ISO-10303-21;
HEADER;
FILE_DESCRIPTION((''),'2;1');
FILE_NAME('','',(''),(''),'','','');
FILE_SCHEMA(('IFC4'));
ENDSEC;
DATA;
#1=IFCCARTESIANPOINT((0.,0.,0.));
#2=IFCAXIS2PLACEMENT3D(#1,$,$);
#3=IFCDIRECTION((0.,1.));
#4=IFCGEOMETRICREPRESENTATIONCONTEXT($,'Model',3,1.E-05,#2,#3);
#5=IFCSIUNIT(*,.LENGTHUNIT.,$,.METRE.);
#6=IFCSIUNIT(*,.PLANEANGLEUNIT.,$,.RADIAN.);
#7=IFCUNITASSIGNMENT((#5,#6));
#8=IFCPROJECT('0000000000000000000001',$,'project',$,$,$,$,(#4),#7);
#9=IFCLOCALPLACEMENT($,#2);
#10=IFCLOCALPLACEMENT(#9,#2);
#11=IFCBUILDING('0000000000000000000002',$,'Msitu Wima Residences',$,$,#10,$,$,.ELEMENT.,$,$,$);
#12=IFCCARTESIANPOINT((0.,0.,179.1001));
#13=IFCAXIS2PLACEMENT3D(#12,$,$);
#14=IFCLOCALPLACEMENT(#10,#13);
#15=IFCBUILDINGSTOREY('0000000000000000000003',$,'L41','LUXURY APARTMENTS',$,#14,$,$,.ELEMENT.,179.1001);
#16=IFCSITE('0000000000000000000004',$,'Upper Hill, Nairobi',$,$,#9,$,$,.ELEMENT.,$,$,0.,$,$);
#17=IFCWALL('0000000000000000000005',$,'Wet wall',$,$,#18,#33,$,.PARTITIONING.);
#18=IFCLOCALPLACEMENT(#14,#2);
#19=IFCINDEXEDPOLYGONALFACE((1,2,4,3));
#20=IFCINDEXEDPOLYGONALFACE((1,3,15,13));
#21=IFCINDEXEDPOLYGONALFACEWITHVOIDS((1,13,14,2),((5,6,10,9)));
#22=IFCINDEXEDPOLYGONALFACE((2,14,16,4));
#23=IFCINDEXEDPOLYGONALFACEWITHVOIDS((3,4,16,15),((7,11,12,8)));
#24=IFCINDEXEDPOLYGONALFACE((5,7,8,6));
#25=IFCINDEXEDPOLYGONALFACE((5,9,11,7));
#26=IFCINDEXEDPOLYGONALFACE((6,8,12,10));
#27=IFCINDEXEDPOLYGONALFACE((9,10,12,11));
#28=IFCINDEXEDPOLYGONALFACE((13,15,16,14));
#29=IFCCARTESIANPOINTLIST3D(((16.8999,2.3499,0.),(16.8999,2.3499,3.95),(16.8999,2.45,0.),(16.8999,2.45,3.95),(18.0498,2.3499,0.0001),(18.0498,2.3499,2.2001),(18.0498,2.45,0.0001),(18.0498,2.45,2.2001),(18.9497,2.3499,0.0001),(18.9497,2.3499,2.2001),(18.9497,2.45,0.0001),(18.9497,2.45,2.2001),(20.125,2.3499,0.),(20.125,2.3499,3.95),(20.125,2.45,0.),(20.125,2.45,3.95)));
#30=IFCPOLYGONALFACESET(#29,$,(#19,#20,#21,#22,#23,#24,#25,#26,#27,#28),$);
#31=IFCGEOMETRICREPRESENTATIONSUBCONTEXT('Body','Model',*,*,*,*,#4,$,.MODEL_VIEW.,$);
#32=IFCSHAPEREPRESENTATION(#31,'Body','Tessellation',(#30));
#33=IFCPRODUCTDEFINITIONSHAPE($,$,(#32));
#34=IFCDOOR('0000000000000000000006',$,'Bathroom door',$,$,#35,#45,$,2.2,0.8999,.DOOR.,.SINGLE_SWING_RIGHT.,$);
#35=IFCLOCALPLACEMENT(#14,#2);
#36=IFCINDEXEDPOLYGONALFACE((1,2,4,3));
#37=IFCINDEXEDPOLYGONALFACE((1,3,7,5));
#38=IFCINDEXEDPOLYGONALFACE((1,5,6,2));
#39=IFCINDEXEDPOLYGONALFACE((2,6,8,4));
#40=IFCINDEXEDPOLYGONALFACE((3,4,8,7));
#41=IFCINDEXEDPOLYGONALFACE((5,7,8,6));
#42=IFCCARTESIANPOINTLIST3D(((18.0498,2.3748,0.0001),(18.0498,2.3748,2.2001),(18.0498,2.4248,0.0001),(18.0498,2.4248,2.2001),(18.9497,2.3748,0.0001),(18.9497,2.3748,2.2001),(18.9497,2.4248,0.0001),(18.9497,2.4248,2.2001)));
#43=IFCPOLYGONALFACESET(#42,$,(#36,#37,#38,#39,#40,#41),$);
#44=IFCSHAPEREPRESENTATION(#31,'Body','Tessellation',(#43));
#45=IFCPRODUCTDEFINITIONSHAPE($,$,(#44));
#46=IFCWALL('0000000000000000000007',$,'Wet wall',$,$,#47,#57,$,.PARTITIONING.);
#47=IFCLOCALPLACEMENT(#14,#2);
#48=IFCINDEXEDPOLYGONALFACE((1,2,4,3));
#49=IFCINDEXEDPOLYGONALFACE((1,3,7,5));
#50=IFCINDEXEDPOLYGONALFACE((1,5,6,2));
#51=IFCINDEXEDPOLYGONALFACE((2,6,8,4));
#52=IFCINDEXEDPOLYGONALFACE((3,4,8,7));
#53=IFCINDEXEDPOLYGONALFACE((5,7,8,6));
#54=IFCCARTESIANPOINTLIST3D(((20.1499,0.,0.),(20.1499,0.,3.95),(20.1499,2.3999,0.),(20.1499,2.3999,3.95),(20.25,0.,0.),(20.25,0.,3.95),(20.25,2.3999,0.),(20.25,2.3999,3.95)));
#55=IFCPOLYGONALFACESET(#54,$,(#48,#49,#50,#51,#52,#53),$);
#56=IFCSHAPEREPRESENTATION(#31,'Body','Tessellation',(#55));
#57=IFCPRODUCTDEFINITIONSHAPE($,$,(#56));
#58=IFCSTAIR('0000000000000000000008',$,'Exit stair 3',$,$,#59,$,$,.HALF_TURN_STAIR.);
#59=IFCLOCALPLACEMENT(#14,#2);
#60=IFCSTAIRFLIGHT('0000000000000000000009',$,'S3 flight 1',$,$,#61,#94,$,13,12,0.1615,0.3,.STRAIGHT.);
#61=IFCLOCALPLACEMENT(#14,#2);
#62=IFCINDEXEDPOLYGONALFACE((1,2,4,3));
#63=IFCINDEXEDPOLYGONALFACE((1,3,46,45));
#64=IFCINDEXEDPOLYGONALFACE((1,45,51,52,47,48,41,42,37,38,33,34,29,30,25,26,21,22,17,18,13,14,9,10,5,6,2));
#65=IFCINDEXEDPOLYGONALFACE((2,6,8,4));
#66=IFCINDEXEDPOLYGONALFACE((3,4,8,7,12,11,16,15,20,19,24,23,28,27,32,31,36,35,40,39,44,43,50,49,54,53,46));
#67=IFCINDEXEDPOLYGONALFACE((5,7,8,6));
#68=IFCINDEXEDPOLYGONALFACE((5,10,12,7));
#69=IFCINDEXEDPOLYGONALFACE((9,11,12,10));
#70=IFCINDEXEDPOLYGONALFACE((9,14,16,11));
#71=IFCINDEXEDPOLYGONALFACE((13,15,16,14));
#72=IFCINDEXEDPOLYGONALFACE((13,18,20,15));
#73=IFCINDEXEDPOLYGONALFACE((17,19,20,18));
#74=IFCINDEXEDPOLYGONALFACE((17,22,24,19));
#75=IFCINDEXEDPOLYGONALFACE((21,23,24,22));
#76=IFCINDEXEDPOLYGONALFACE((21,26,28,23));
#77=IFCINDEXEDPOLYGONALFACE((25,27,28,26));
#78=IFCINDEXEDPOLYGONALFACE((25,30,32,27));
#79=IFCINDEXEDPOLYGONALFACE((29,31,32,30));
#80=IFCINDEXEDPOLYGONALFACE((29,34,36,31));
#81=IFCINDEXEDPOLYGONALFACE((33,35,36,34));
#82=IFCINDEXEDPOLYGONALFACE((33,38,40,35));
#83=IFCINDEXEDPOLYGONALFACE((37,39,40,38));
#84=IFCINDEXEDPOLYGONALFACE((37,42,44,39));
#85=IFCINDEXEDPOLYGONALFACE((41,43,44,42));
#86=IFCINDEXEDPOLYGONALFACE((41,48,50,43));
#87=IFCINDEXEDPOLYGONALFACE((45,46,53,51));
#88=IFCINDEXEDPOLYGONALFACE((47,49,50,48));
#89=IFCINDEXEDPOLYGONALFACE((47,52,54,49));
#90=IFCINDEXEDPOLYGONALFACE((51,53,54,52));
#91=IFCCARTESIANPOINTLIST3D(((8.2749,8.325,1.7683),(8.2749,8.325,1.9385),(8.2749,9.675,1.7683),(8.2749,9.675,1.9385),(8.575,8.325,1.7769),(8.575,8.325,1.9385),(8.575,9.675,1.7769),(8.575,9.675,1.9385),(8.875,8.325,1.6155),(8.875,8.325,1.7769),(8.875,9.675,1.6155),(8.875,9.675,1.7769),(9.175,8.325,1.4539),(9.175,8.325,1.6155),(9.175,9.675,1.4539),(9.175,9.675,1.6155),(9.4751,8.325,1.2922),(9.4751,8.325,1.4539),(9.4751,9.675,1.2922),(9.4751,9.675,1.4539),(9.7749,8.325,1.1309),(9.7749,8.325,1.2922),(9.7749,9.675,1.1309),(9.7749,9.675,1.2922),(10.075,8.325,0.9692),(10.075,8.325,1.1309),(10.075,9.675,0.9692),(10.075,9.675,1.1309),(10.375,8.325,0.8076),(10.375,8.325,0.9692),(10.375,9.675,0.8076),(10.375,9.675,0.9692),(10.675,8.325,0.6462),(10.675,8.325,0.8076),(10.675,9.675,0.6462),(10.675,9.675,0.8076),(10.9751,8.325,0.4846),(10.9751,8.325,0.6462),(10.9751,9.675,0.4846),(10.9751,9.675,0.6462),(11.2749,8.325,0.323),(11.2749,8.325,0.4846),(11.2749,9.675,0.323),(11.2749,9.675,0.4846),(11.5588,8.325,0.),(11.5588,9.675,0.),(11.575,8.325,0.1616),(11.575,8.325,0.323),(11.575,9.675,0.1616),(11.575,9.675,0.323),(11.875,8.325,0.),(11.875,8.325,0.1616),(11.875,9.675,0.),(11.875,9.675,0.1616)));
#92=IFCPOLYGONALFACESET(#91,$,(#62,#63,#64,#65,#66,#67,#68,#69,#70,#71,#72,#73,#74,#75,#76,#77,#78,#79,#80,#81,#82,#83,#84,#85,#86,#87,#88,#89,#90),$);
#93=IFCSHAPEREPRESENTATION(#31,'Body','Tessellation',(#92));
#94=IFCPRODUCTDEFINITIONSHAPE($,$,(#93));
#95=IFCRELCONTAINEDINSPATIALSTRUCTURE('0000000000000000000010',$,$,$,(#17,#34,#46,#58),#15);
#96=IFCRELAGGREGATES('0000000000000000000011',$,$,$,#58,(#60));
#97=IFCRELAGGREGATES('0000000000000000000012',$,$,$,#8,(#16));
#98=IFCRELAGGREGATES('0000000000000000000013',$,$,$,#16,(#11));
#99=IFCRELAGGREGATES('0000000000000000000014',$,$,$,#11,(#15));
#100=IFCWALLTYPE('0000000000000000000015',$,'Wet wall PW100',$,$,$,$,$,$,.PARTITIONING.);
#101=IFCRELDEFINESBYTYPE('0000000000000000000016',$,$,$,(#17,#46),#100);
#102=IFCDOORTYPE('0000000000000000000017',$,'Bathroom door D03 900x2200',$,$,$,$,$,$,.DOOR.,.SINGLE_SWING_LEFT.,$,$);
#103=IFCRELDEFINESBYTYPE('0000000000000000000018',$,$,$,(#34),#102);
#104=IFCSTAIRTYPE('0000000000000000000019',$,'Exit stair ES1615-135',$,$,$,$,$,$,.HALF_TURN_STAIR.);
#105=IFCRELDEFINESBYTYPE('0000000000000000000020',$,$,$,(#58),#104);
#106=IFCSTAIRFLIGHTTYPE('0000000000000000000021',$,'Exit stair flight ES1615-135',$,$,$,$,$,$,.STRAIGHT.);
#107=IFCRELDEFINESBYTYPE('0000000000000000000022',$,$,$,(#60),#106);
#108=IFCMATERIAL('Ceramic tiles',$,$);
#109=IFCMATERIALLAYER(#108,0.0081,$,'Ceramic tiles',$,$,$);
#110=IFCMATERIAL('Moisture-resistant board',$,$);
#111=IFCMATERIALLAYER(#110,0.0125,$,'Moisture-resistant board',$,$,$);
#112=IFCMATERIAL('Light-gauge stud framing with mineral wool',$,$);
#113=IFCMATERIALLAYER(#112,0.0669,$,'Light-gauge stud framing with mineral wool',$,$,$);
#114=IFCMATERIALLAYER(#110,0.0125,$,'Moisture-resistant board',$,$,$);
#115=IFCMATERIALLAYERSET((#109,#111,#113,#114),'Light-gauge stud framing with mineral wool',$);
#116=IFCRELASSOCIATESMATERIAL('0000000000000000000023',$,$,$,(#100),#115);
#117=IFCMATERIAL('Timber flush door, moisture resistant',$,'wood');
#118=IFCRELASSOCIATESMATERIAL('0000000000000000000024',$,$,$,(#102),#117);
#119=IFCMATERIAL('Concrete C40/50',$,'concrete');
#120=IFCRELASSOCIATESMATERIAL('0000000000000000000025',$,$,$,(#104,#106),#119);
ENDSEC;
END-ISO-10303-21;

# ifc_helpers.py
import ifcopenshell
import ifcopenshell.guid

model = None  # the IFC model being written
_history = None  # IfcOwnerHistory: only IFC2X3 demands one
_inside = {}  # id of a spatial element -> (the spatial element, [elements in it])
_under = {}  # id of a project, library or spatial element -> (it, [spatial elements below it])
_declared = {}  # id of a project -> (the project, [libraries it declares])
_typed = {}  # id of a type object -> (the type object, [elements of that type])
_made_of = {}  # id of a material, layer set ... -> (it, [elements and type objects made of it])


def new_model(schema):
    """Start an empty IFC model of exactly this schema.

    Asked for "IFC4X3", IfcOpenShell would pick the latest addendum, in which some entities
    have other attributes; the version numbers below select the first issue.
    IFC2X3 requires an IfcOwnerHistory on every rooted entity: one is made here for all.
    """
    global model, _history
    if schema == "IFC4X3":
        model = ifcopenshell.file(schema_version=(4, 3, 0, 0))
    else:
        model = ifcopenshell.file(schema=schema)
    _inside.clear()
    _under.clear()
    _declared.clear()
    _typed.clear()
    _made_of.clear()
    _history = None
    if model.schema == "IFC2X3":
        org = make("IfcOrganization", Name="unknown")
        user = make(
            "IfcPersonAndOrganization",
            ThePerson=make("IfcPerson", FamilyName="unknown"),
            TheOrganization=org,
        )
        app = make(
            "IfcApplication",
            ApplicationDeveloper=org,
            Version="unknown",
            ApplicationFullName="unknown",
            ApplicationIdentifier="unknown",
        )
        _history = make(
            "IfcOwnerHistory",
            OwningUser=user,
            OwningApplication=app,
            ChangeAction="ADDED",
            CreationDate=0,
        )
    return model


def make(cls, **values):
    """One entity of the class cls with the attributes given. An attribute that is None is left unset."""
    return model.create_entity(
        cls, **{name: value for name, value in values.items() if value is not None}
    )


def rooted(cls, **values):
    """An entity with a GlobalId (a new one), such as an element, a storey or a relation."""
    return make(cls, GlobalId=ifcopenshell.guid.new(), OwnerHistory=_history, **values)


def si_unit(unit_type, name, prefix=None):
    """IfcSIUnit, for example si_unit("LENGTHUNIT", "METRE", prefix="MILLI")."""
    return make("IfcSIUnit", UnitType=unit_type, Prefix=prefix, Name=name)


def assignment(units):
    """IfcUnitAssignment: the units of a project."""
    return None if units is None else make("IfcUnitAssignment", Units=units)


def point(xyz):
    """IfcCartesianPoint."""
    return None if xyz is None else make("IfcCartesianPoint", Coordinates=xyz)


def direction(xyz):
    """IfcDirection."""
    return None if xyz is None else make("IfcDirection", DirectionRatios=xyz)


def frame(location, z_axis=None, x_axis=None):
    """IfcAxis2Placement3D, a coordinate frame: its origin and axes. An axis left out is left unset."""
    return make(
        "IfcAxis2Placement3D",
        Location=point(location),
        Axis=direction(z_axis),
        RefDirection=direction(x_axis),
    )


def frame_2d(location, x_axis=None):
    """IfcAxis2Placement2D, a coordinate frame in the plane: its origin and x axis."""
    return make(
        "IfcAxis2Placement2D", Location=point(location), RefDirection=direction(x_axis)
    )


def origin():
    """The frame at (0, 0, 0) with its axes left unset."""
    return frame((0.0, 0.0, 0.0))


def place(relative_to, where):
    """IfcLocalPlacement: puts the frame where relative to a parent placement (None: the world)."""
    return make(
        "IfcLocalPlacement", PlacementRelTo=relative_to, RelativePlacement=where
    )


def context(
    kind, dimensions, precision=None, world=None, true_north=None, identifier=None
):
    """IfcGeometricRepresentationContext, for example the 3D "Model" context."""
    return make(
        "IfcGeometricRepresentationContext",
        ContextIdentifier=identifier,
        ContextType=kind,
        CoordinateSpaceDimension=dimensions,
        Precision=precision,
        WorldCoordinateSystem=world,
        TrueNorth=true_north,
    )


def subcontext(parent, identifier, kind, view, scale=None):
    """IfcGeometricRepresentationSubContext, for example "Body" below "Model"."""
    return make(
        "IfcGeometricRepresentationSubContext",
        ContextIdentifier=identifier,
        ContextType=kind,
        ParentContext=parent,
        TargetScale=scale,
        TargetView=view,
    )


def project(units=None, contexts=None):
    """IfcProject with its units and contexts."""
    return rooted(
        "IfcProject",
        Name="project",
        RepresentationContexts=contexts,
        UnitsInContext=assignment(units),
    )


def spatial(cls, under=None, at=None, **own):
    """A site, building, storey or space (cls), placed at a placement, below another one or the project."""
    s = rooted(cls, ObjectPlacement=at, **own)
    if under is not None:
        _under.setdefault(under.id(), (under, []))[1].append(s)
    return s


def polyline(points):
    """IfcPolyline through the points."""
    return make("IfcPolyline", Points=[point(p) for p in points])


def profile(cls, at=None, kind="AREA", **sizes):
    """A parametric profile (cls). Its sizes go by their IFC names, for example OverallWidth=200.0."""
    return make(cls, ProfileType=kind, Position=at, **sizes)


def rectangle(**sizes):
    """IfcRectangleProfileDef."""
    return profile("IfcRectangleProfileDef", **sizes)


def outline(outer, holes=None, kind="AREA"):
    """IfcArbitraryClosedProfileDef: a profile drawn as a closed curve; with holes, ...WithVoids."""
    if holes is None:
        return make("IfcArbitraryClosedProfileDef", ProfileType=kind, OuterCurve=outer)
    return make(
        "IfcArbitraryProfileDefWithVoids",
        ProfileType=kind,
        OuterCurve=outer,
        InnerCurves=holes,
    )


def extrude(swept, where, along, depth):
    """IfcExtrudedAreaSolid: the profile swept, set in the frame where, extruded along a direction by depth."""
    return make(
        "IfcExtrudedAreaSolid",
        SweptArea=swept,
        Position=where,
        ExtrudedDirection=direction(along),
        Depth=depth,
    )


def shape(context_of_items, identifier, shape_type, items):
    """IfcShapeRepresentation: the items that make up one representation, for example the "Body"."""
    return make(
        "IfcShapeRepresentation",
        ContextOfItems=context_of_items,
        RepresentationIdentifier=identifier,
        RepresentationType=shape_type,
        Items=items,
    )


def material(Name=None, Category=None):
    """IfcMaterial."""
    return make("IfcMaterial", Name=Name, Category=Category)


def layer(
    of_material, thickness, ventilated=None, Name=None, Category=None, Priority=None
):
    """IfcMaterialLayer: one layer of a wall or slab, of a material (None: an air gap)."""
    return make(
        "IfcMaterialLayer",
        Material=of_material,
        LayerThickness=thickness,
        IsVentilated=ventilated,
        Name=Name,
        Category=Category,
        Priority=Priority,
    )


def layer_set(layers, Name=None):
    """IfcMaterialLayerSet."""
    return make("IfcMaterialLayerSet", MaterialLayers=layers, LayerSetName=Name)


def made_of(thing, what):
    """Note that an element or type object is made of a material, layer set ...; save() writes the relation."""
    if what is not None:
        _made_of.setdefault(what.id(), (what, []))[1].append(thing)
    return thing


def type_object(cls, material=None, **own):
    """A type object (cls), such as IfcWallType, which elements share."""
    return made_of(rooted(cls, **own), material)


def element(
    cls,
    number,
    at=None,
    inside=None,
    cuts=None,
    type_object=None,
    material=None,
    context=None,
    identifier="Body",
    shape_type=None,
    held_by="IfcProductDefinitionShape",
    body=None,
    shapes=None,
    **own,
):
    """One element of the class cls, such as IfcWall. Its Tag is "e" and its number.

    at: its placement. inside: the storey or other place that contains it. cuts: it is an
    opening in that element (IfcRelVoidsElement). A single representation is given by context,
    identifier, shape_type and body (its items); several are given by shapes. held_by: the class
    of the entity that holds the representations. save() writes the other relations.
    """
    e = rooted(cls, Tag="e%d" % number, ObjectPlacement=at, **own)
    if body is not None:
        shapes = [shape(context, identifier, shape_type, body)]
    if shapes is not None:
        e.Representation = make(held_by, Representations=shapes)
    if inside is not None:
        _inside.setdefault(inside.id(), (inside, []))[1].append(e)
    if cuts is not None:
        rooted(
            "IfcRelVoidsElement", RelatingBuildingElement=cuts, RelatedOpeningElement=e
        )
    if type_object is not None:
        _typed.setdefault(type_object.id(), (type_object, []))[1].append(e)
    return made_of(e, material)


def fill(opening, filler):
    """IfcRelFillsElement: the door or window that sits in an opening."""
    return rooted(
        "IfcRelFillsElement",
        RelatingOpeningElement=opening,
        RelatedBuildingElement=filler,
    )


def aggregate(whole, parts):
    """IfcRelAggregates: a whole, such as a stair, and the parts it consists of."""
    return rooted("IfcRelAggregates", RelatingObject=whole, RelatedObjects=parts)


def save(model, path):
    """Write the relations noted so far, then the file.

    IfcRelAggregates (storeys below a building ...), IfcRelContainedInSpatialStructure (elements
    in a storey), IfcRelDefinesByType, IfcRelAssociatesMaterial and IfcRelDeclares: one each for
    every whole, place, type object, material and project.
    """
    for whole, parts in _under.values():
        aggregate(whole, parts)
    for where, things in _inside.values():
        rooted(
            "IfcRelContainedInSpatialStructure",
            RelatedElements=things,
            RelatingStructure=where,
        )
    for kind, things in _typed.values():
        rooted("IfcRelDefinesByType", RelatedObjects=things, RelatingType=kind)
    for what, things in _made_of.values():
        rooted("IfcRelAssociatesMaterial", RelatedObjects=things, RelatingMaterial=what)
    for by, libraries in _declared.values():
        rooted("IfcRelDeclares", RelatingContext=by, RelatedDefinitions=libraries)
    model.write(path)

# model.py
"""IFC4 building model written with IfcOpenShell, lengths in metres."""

from ifc_helpers import new_model, si_unit, direction, frame, frame_2d, origin, place, context, subcontext, project, spatial, polyline, rectangle, outline, extrude, material, layer, layer_set, type_object, element, fill, aggregate, save


model = new_model("IFC4")

# Units and contexts
model_context = context("Model", 3, precision=1e-05, world=origin(), true_north=direction((0.0, 1.0)))
body_context = subcontext(model_context, "Body", "Model", "MODEL_VIEW")
ifc_project = project(units=[si_unit("LENGTHUNIT", "METRE"), si_unit("PLANEANGLEUNIT", "RADIAN")], contexts=[model_context])

# Site, building, storey
site_placement = place(None, origin())
site = spatial("IfcSite", under=ifc_project, at=site_placement, Name="Upper Hill, Nairobi", CompositionType="ELEMENT", RefElevation=0.0)
building_placement = place(site_placement, origin())
building = spatial("IfcBuilding", under=site, at=building_placement, Name="Msitu Wima Residences", CompositionType="ELEMENT")
storey_placement = place(building_placement, frame((0.0, 0.0, 179.1001)))
storey = spatial("IfcBuildingStorey", under=building, at=storey_placement, Name="L41", Description="LUXURY APARTMENTS", CompositionType="ELEMENT", Elevation=179.1001)

# Shared definitions
ifc_material_1 = material(Name="Concrete C40/50", Category="concrete")

# Wall, opening, door
ifc_material_2 = material(Name="Ceramic tiles")
ifc_layer_1 = layer(ifc_material_2, 0.0081, Name="Ceramic tiles")
ifc_material_3 = material(Name="Moisture-resistant board")
ifc_layer_2 = layer(ifc_material_3, 0.0125, Name="Moisture-resistant board")
ifc_material_4 = material(Name="Light-gauge stud framing with mineral wool")
ifc_layer_3 = layer(ifc_material_4, 0.0669, Name="Light-gauge stud framing with mineral wool")
ifc_layer_4 = layer(ifc_material_3, 0.0125, Name="Moisture-resistant board")
ifc_layer_set_1 = layer_set([ifc_layer_1, ifc_layer_2, ifc_layer_3, ifc_layer_4], Name="Light-gauge stud framing with mineral wool")
wall_type_1 = type_object("IfcWallType", Name="Wet wall PW100", PredefinedType="PARTITIONING", material=ifc_layer_set_1)
wall_1_placement = place(storey_placement, frame((16.8999, 2.3999, 0.0), z_axis=(0.0, 0.0, 1.0), x_axis=(1.0, 0.0, 0.0)))
wall_1 = element("IfcWall", 1, at=wall_1_placement, inside=storey, type_object=wall_type_1, Name="Wet wall", PredefinedType="PARTITIONING", context=body_context, shape_type="SweptSolid", body=[
    extrude(rectangle(XDim=3.2251, YDim=0.1001, at=frame_2d((1.6125, 0.0))), origin(), (0.0, 0.0, 1.0), 3.95),
])
opening_1_placement = place(wall_1_placement, frame((1.1499, 0.0, 0.0)))
opening_1 = element("IfcOpeningElement", 2, at=opening_1_placement, cuts=wall_1, PredefinedType="OPENING", context=body_context, shape_type="SweptSolid", body=[
    extrude(rectangle(XDim=0.8999, YDim=2.2, at=frame_2d((0.45, 1.1001))), frame((0.0, 0.0601, 0.0), z_axis=(0.0, -1.0, 0.0), x_axis=(1.0, 0.0, 0.0)), (0.0, 0.0, 1.0), 0.1201),
])
ifc_material_5 = material(Name="Timber flush door, moisture resistant", Category="wood")
door_type_1 = type_object("IfcDoorType", Name="Bathroom door D03 900x2200", OperationType="SINGLE_SWING_LEFT", PredefinedType="DOOR", material=ifc_material_5)
door_1_placement = place(opening_1_placement, origin())
door_1 = element("IfcDoor", 3, at=door_1_placement, inside=storey, type_object=door_type_1, Name="Bathroom door", OperationType="SINGLE_SWING_RIGHT", OverallHeight=2.2, OverallWidth=0.8999, PredefinedType="DOOR", context=body_context, shape_type="SweptSolid", body=[
    extrude(rectangle(XDim=0.8999, YDim=2.2, at=frame_2d((0.45, 1.1001))), frame((0.0, 0.0249, 0.0), z_axis=(0.0, -1.0, 0.0), x_axis=(1.0, 0.0, 0.0)), (0.0, 0.0, 1.0), 0.05),
])
fill(opening_1, door_1)

# Wall
wall_2_placement = place(storey_placement, frame((20.2, 0.0, 0.0), z_axis=(0.0, 0.0, 1.0), x_axis=(0.0, 1.0, 0.0)))
element("IfcWall", 4, at=wall_2_placement, inside=storey, type_object=wall_type_1, Name="Wet wall", PredefinedType="PARTITIONING", context=body_context, shape_type="SweptSolid", body=[
    extrude(rectangle(XDim=2.3999, YDim=0.1001, at=frame_2d((1.2, 0.0))), origin(), (0.0, 0.0, 1.0), 3.95),
])

# Stair, stair flight
stair_type = type_object("IfcStairType", Name="Exit stair ES1615-135", PredefinedType="HALF_TURN_STAIR", material=ifc_material_1)
stair_placement = place(storey_placement, origin())
stair = element("IfcStair", 5, at=stair_placement, inside=storey, type_object=stair_type, Name="Exit stair 3", PredefinedType="HALF_TURN_STAIR")
stair_flight_type = type_object("IfcStairFlightType", Name="Exit stair flight ES1615-135", PredefinedType="STRAIGHT", material=ifc_material_1)
stair_flight_placement = place(storey_placement, frame((11.875, 9.0, 0.0), z_axis=(0.0, 0.0, 1.0), x_axis=(-1.0, 0.0, 0.0)))
stair_flight = element("IfcStairFlight", 6, at=stair_flight_placement, type_object=stair_flight_type, Name="S3 flight 1", NumberOfRisers=13, NumberOfTreads=12, PredefinedType="STRAIGHT", RiserHeight=0.1615, TreadLength=0.3, context=body_context, shape_type="SweptSolid", body=[
    extrude(outline(polyline([(0.0, 0.0), (0.0, 0.1616), (0.3, 0.1616), (0.3, 0.323), (0.6001, 0.323), (0.6001, 0.4846), (0.8999, 0.4846), (0.8999, 0.6462), (1.2, 0.6462), (1.2, 0.8076), (1.5, 0.8076), (1.5, 0.9692), (1.8, 0.9692), (1.8, 1.1309), (2.1001, 1.1309), (2.1001, 1.2922), (2.3999, 1.2922), (2.3999, 1.4539), (2.7, 1.4539), (2.7, 1.6155), (3.0, 1.6155), (3.0, 1.7769), (3.3, 1.7769), (3.3, 1.9385), (3.6001, 1.9385), (3.6001, 2.1001), (3.6001, 1.7683), (0.3162, 0.0), (0.0, 0.0)])), frame((0.0, 0.675, 0.0), z_axis=(0.0, -1.0, 0.0), x_axis=(1.0, 0.0, 0.0)), (0.0, 0.0, 1.0), 1.3501),
])
aggregate(stair, [stair_flight])

save(model, "model.ifc")
